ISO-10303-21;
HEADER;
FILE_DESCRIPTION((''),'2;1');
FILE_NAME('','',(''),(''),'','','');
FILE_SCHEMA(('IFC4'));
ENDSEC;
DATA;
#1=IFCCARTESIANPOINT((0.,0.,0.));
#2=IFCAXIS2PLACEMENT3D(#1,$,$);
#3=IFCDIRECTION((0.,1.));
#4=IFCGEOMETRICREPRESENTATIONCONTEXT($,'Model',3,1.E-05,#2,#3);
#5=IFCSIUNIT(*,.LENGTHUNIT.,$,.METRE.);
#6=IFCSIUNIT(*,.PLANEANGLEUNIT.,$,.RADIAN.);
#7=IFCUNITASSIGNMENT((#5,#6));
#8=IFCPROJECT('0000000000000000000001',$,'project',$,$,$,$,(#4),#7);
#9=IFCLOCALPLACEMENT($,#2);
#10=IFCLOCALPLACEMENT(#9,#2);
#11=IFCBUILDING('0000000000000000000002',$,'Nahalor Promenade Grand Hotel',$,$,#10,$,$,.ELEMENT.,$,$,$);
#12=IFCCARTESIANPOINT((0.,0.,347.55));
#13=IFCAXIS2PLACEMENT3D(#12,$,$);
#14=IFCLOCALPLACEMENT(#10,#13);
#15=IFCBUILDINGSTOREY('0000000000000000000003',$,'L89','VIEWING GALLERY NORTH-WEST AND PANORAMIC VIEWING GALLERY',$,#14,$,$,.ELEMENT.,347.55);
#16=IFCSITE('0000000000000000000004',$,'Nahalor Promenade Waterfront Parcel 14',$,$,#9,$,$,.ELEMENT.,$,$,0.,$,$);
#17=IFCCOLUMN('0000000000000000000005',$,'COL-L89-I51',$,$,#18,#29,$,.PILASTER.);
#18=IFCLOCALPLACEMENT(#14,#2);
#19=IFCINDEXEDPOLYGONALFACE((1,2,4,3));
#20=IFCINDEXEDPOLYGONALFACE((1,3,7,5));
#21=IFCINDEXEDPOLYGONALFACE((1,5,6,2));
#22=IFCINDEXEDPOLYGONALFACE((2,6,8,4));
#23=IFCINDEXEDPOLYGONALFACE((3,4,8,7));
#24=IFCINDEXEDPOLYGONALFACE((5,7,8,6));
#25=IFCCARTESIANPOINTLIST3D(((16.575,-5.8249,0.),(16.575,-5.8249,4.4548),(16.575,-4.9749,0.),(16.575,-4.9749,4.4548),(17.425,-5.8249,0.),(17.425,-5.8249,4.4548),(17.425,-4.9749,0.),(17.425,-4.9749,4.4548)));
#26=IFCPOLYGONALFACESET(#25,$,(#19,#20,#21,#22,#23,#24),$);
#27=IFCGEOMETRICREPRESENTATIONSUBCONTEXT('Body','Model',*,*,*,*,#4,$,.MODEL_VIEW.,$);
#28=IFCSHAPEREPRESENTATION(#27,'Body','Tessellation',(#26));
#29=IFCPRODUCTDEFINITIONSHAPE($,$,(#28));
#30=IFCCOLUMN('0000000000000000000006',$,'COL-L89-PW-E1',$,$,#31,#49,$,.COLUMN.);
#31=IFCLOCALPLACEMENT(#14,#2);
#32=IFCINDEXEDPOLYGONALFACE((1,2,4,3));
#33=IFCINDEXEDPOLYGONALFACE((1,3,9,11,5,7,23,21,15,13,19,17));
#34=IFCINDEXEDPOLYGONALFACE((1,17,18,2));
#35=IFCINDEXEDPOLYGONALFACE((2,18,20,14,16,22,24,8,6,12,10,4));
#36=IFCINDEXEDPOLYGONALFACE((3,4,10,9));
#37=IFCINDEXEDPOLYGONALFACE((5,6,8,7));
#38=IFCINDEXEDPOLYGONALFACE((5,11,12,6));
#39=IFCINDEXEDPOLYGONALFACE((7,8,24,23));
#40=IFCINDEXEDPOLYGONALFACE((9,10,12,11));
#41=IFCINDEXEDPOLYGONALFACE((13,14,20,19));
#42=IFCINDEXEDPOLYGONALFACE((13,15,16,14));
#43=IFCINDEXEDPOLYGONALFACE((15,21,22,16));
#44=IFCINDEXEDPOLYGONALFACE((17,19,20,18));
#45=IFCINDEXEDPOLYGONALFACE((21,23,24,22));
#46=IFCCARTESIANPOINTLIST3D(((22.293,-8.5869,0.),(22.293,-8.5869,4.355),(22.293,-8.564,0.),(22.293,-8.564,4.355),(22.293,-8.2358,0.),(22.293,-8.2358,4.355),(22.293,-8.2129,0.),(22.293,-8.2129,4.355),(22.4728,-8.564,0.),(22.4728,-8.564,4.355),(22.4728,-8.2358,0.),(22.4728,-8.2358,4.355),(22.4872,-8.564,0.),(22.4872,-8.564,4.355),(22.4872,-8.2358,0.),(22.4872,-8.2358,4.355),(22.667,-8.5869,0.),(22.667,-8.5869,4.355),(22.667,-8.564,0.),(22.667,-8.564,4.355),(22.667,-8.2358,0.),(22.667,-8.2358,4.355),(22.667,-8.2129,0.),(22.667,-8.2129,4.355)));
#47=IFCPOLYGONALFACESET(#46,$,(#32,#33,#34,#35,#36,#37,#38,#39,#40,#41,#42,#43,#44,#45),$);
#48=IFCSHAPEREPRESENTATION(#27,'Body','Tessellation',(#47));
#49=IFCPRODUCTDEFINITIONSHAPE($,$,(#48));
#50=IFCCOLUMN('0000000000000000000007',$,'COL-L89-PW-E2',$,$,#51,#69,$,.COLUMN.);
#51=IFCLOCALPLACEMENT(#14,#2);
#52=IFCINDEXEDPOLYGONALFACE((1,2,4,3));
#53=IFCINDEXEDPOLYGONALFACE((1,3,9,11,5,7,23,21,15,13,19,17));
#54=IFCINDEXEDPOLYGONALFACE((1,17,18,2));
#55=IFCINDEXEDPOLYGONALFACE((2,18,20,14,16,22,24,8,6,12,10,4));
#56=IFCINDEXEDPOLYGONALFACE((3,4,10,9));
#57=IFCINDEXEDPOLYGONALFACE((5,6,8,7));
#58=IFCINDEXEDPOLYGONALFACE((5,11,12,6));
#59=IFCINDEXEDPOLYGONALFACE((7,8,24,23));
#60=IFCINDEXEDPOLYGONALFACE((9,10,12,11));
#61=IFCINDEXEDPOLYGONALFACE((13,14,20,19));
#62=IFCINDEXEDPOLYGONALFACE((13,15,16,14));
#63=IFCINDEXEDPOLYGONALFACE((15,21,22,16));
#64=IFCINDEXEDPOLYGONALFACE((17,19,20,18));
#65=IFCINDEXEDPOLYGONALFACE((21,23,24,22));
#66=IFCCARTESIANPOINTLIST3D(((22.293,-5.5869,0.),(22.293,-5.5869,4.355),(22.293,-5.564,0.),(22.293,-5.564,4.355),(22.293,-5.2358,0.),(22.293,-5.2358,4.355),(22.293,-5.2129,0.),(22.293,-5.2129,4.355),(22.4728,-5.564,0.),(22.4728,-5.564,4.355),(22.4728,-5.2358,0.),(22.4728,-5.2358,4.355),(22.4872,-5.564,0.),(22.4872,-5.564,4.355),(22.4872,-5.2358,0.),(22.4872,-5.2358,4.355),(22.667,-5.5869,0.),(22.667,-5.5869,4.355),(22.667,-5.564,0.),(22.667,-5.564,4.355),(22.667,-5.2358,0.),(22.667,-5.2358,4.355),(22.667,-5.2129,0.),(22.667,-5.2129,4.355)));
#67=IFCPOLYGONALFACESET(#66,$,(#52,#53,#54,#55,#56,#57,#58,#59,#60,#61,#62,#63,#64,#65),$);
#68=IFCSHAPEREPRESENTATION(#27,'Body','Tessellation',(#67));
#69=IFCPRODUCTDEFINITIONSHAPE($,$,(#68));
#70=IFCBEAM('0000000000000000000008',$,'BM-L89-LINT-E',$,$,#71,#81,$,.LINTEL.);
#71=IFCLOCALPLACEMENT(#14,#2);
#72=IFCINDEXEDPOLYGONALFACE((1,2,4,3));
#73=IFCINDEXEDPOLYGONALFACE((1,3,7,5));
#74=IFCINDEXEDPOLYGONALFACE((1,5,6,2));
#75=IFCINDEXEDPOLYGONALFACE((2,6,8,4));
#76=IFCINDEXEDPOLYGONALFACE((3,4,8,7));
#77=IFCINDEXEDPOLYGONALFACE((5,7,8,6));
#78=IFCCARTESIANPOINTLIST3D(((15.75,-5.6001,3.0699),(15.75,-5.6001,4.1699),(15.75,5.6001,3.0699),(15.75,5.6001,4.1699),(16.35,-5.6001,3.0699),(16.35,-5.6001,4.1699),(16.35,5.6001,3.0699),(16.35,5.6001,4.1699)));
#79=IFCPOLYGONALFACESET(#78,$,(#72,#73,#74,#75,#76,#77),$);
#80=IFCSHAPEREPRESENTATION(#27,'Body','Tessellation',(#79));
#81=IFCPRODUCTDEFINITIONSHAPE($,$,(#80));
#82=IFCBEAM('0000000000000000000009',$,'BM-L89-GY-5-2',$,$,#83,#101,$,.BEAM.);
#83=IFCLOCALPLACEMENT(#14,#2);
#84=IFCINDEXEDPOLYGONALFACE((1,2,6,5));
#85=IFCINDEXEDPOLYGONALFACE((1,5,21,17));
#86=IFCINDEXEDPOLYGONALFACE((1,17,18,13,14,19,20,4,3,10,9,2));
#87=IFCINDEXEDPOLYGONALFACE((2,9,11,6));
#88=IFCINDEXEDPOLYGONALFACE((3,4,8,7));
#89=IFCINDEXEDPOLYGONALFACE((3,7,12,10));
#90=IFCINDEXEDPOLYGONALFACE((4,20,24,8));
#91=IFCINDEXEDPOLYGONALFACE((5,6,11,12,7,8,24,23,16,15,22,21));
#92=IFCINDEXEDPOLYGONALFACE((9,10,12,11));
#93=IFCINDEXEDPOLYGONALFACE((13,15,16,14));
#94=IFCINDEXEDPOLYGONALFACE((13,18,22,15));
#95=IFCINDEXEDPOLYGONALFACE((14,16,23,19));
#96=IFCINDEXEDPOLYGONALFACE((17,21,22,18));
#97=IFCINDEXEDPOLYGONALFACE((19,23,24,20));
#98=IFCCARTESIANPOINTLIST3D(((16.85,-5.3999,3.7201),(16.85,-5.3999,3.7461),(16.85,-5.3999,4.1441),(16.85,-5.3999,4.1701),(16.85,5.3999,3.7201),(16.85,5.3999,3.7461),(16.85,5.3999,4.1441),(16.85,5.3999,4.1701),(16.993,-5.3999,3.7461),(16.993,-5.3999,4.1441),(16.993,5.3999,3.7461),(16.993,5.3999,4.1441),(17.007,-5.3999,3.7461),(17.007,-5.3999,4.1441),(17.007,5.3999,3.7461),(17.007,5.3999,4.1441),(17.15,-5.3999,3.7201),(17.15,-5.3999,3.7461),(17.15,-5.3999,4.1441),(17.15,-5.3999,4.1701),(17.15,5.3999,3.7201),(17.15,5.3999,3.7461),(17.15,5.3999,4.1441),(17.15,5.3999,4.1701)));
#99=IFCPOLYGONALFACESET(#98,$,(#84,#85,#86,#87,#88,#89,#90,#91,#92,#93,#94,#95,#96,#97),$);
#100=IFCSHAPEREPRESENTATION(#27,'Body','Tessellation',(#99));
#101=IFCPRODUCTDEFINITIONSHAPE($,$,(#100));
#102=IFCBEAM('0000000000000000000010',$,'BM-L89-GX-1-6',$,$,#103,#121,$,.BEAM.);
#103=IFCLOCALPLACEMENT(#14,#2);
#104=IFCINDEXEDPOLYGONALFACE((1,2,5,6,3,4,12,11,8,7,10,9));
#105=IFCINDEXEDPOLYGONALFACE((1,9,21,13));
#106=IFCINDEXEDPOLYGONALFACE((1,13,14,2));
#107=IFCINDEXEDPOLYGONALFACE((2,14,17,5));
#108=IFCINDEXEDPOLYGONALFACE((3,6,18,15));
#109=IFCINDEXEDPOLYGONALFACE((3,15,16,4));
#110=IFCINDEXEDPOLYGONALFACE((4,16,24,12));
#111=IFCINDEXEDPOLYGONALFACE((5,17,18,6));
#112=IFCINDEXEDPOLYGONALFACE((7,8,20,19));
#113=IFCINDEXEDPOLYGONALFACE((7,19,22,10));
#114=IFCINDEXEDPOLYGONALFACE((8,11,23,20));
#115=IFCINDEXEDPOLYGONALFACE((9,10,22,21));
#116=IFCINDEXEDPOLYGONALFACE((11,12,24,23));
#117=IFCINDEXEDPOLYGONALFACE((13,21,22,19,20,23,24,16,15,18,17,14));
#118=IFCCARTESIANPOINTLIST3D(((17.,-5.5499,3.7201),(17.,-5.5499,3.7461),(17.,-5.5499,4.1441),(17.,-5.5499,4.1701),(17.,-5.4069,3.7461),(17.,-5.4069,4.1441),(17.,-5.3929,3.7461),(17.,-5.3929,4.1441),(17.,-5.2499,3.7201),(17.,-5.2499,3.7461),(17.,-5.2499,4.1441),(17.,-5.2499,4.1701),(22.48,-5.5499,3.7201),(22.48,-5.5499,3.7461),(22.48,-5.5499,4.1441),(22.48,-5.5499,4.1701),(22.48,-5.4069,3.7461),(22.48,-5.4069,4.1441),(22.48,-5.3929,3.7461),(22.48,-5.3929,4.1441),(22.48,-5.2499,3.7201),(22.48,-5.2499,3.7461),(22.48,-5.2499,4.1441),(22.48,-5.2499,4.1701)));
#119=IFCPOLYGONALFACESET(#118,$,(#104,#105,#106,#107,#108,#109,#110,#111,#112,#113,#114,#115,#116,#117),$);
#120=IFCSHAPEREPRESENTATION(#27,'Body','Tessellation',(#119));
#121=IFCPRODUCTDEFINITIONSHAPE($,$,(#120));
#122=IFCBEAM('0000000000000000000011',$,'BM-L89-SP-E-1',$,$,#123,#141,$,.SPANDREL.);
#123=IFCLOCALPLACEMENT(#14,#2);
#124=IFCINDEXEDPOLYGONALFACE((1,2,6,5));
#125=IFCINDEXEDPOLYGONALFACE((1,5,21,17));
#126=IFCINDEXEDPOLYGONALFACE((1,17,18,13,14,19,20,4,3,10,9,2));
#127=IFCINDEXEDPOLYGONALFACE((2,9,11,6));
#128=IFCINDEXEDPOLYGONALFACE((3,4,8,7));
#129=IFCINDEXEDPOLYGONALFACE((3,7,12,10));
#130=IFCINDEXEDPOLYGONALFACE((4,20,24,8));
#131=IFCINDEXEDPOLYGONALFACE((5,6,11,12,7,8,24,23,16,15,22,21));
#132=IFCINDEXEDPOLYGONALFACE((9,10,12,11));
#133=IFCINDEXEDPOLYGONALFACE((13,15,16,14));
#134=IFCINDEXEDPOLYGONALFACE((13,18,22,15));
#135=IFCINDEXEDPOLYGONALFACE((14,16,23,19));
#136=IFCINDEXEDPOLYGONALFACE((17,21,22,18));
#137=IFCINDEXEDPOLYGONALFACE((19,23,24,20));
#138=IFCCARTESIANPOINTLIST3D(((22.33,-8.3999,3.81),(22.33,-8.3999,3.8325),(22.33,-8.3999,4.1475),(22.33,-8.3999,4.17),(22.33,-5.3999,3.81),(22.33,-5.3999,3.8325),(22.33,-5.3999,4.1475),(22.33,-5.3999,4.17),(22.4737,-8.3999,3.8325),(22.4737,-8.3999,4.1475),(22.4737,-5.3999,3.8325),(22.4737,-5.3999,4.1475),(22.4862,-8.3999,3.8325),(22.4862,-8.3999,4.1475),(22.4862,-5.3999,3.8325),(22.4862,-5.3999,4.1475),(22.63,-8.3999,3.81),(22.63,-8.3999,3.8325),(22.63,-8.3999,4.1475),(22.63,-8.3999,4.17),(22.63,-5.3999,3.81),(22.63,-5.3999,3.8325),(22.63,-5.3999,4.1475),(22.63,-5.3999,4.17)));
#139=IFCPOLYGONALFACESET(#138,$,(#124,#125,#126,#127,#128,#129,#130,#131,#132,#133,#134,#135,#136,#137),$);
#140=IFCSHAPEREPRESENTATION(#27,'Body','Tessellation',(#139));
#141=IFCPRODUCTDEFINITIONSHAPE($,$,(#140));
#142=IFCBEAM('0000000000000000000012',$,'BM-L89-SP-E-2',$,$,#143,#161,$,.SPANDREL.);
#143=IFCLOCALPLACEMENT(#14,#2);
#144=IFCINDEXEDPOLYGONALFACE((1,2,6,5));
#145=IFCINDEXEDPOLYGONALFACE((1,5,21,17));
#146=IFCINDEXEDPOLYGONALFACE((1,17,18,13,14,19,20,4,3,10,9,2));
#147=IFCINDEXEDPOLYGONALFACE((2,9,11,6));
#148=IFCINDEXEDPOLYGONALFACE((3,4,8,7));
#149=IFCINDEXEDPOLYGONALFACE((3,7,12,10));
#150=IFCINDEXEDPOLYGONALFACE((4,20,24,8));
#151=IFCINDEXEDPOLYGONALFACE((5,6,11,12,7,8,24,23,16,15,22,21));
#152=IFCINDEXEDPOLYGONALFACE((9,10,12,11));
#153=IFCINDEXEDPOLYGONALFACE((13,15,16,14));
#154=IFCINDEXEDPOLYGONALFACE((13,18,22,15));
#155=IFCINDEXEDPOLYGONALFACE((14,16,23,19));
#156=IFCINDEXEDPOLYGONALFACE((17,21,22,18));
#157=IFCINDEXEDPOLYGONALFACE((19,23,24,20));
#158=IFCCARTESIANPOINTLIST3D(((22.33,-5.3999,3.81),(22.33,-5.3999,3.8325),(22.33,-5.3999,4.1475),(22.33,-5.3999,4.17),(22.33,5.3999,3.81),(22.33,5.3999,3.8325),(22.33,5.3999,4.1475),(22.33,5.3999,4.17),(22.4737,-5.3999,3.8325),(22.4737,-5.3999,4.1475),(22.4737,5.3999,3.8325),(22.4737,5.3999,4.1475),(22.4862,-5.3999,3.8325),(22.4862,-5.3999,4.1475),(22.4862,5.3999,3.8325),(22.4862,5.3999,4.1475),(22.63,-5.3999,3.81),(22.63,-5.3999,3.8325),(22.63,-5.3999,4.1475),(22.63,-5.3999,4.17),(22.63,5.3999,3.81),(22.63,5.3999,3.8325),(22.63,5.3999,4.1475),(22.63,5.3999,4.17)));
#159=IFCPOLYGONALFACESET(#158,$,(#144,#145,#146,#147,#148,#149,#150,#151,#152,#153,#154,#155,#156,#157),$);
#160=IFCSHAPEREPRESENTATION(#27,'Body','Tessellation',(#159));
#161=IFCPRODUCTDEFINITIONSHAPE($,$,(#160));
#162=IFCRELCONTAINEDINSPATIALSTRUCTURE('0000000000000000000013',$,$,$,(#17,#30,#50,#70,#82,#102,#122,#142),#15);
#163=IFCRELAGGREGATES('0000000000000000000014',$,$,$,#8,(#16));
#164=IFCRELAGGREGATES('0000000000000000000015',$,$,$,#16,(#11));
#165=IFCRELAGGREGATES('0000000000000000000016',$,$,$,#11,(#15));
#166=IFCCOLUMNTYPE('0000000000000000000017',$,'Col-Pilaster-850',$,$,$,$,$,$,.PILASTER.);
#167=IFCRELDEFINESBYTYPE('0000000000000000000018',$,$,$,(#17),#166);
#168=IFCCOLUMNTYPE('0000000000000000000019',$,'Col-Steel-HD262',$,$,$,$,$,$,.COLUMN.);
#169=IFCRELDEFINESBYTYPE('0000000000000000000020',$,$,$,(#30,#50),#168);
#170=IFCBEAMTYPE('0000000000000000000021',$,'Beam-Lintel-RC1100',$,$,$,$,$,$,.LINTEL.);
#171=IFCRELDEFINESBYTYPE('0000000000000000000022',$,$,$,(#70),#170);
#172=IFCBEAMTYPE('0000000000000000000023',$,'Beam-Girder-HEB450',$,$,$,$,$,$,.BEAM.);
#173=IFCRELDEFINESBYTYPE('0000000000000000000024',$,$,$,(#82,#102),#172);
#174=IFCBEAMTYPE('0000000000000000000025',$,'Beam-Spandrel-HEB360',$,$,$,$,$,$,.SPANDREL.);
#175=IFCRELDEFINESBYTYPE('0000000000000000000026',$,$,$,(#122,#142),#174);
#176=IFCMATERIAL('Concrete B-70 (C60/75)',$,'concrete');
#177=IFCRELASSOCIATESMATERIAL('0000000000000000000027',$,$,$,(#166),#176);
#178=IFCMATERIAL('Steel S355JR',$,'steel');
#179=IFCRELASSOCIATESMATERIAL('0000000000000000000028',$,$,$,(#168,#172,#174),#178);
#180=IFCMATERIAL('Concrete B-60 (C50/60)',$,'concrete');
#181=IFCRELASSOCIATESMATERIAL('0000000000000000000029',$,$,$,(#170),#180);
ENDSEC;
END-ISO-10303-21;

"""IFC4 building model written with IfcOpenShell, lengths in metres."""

from ifc_helpers import new_model, si_unit, direction, frame, origin, origin_2d, place, context, subcontext, project, spatial, rectangle, i_section, extrude, source, transform, mapped, material, material_profile, profile_set, type_object, element, save


model = new_model("IFC4")

# Units and contexts
model_context = context("Model", 3, precision=1e-05, world=origin(), true_north=direction((0.0, 1.0)))
body_context = subcontext(model_context, "Body", "Model", "MODEL_VIEW")
ifc_project = project(units=[si_unit("LENGTHUNIT", "METRE"), si_unit("PLANEANGLEUNIT", "RADIAN")], contexts=[model_context])

# Site, building, storey
site_placement = place(None, origin())
site = spatial("IfcSite", under=ifc_project, at=site_placement, Name="Nahalor Promenade Waterfront Parcel 14", CompositionType="ELEMENT", RefElevation=0.0)
building_placement = place(site_placement, origin())
building = spatial("IfcBuilding", under=site, at=building_placement, Name="Nahalor Promenade Grand Hotel", CompositionType="ELEMENT")
storey_placement = place(building_placement, frame((0.0, 0.0, 347.55)))
storey = spatial("IfcBuildingStorey", under=building, at=storey_placement, Name="L89", Description="VIEWING GALLERY NORTH-WEST AND PANORAMIC VIEWING GALLERY", CompositionType="ELEMENT", Elevation=347.55)

# Columns
ifc_material_1 = material(Name="Concrete B-70 (C60/75)", Category="concrete")
ifc_material_profile_1 = material_profile(ifc_material_1, rectangle(XDim=0.85, YDim=0.85, at=origin_2d()), Name="RC 850x850")
ifc_profile_set_1 = profile_set([ifc_material_profile_1], Name="Concrete B-70 (C60/75)")
column_type_1 = type_object("IfcColumnType", Name="Col-Pilaster-850", PredefinedType="PILASTER", material=ifc_profile_set_1)
shared_shape_1 = source(origin(), body_context, "Body", "SweptSolid", [
    extrude(rectangle(XDim=0.85, YDim=0.85, at=origin_2d()), origin(), (0.0, 0.0, 1.0), 4.4548),
])
column_placement = place(storey_placement, frame((17.0, -5.3999, 0.0), z_axis=(0.0, 0.0, 1.0), x_axis=(1.0, 0.0, 0.0)))
element("IfcColumn", 1, at=column_placement, inside=storey, type_object=column_type_1, Name="COL-L89-I51", PredefinedType="PILASTER", context=body_context, shape_type="MappedRepresentation", body=[
    mapped(shared_shape_1, transform((0.0, 0.0, 0.0), scale=1.0)),
])
ifc_material_2 = material(Name="Steel S355JR", Category="steel")
ifc_material_profile_2 = material_profile(ifc_material_2, i_section(OverallWidth=0.374, OverallDepth=0.374, WebThickness=0.0144, FlangeThickness=0.0229, at=origin_2d()), Name="HD 360x262")
ifc_profile_set_2 = profile_set([ifc_material_profile_2], Name="Steel S355JR")
column_type_2 = type_object("IfcColumnType", Name="Col-Steel-HD262", PredefinedType="COLUMN", material=ifc_profile_set_2)
shared_shape_2 = source(origin(), body_context, "Body", "SweptSolid", [
    extrude(i_section(OverallWidth=0.374, OverallDepth=0.374, WebThickness=0.0144, FlangeThickness=0.0229, at=origin_2d()), origin(), (0.0, 0.0, 1.0), 4.355),
])
for number, where, z_axis, x_axis, name in (
    (2, (22.48, -8.3999, 0.0), (0.0, 0.0, 1.0), (1.0, 0.0, 0.0), "COL-L89-PW-E1"),
    (3, (22.48, -5.3999, 0.0), (0.0, 0.0, 1.0), (1.0, 0.0, 0.0), "COL-L89-PW-E2"),
):
    element("IfcColumn", number, at=place(storey_placement, frame(where, z_axis=z_axis, x_axis=x_axis)), inside=storey, type_object=column_type_2, Name=name, PredefinedType="COLUMN", context=body_context, shape_type="MappedRepresentation", body=[
        mapped(shared_shape_2, transform((0.0, 0.0, 0.0), scale=1.0)),
    ])

# Beams
ifc_material_3 = material(Name="Concrete B-60 (C50/60)", Category="concrete")
ifc_material_profile_3 = material_profile(ifc_material_3, rectangle(XDim=0.6, YDim=1.1, at=origin_2d()), Name="RC 600x1100")
ifc_profile_set_3 = profile_set([ifc_material_profile_3], Name="Concrete B-60 (C50/60)")
beam_type_1 = type_object("IfcBeamType", Name="Beam-Lintel-RC1100", PredefinedType="LINTEL", material=ifc_profile_set_3)
shared_shape_3 = source(origin(), body_context, "Body", "SweptSolid", [
    extrude(rectangle(XDim=0.6, YDim=1.1, at=origin_2d()), origin(), (0.0, 0.0, 1.0), 11.2002),
])
beam_1_placement = place(storey_placement, frame((16.05, -5.6001, 3.6199), z_axis=(0.0, 1.0, 0.0), x_axis=(-1.0, 0.0, 0.0)))
element("IfcBeam", 4, at=beam_1_placement, inside=storey, type_object=beam_type_1, Name="BM-L89-LINT-E", PredefinedType="LINTEL", context=body_context, shape_type="MappedRepresentation", body=[
    mapped(shared_shape_3, transform((0.0, 0.0, 0.0), scale=1.0)),
])
ifc_material_profile_4 = material_profile(ifc_material_2, i_section(OverallWidth=0.3, OverallDepth=0.45, WebThickness=0.014, FlangeThickness=0.026, at=origin_2d()), Name="HEB 450")
ifc_profile_set_4 = profile_set([ifc_material_profile_4], Name="Steel S355JR")
beam_type_2 = type_object("IfcBeamType", Name="Beam-Girder-HEB450", PredefinedType="BEAM", material=ifc_profile_set_4)
shared_shape_4 = source(origin(), body_context, "Body", "SweptSolid", [
    extrude(i_section(OverallWidth=0.3, OverallDepth=0.45, WebThickness=0.014, FlangeThickness=0.026, at=origin_2d()), origin(), (0.0, 0.0, 1.0), 10.7998),
])
beam_2_placement = place(storey_placement, frame((17.0, -5.3999, 3.9451), z_axis=(0.0, 1.0, 0.0), x_axis=(-1.0, 0.0, 0.0)))
element("IfcBeam", 5, at=beam_2_placement, inside=storey, type_object=beam_type_2, Name="BM-L89-GY-5-2", PredefinedType="BEAM", context=body_context, shape_type="MappedRepresentation", body=[
    mapped(shared_shape_4, transform((0.0, 0.0, 0.0), scale=1.0)),
])
shared_shape_5 = source(origin(), body_context, "Body", "SweptSolid", [
    extrude(i_section(OverallWidth=0.3, OverallDepth=0.45, WebThickness=0.014, FlangeThickness=0.026, at=origin_2d()), origin(), (0.0, 0.0, 1.0), 5.48),
])
beam_3_placement = place(storey_placement, frame((17.0, -5.3999, 3.9451), z_axis=(1.0, 0.0, 0.0), x_axis=(0.0, 1.0, 0.0)))
element("IfcBeam", 6, at=beam_3_placement, inside=storey, type_object=beam_type_2, Name="BM-L89-GX-1-6", PredefinedType="BEAM", context=body_context, shape_type="MappedRepresentation", body=[
    mapped(shared_shape_5, transform((0.0, 0.0, 0.0), scale=1.0)),
])
ifc_material_profile_5 = material_profile(ifc_material_2, i_section(OverallWidth=0.3, OverallDepth=0.36, WebThickness=0.0125, FlangeThickness=0.0225, at=origin_2d()), Name="HEB 360")
ifc_profile_set_5 = profile_set([ifc_material_profile_5], Name="Steel S355JR")
beam_type_3 = type_object("IfcBeamType", Name="Beam-Spandrel-HEB360", PredefinedType="SPANDREL", material=ifc_profile_set_5)
shared_shape_6 = source(origin(), body_context, "Body", "SweptSolid", [
    extrude(i_section(OverallWidth=0.3, OverallDepth=0.36, WebThickness=0.0125, FlangeThickness=0.0225, at=origin_2d()), origin(), (0.0, 0.0, 1.0), 3.0),
])
beam_4_placement = place(storey_placement, frame((22.48, -8.3999, 3.99), z_axis=(0.0, 1.0, 0.0), x_axis=(-1.0, 0.0, 0.0)))
element("IfcBeam", 7, at=beam_4_placement, inside=storey, type_object=beam_type_3, Name="BM-L89-SP-E-1", PredefinedType="SPANDREL", context=body_context, shape_type="MappedRepresentation", body=[
    mapped(shared_shape_6, transform((0.0, 0.0, 0.0), scale=1.0)),
])
shared_shape_7 = source(origin(), body_context, "Body", "SweptSolid", [
    extrude(i_section(OverallWidth=0.3, OverallDepth=0.36, WebThickness=0.0125, FlangeThickness=0.0225, at=origin_2d()), origin(), (0.0, 0.0, 1.0), 10.7998),
])
beam_5_placement = place(storey_placement, frame((22.48, -5.3999, 3.99), z_axis=(0.0, 1.0, 0.0), x_axis=(-1.0, 0.0, 0.0)))
element("IfcBeam", 8, at=beam_5_placement, inside=storey, type_object=beam_type_3, Name="BM-L89-SP-E-2", PredefinedType="SPANDREL", context=body_context, shape_type="MappedRepresentation", body=[
    mapped(shared_shape_7, transform((0.0, 0.0, 0.0), scale=1.0)),
])

save(model, "model.ifc")
